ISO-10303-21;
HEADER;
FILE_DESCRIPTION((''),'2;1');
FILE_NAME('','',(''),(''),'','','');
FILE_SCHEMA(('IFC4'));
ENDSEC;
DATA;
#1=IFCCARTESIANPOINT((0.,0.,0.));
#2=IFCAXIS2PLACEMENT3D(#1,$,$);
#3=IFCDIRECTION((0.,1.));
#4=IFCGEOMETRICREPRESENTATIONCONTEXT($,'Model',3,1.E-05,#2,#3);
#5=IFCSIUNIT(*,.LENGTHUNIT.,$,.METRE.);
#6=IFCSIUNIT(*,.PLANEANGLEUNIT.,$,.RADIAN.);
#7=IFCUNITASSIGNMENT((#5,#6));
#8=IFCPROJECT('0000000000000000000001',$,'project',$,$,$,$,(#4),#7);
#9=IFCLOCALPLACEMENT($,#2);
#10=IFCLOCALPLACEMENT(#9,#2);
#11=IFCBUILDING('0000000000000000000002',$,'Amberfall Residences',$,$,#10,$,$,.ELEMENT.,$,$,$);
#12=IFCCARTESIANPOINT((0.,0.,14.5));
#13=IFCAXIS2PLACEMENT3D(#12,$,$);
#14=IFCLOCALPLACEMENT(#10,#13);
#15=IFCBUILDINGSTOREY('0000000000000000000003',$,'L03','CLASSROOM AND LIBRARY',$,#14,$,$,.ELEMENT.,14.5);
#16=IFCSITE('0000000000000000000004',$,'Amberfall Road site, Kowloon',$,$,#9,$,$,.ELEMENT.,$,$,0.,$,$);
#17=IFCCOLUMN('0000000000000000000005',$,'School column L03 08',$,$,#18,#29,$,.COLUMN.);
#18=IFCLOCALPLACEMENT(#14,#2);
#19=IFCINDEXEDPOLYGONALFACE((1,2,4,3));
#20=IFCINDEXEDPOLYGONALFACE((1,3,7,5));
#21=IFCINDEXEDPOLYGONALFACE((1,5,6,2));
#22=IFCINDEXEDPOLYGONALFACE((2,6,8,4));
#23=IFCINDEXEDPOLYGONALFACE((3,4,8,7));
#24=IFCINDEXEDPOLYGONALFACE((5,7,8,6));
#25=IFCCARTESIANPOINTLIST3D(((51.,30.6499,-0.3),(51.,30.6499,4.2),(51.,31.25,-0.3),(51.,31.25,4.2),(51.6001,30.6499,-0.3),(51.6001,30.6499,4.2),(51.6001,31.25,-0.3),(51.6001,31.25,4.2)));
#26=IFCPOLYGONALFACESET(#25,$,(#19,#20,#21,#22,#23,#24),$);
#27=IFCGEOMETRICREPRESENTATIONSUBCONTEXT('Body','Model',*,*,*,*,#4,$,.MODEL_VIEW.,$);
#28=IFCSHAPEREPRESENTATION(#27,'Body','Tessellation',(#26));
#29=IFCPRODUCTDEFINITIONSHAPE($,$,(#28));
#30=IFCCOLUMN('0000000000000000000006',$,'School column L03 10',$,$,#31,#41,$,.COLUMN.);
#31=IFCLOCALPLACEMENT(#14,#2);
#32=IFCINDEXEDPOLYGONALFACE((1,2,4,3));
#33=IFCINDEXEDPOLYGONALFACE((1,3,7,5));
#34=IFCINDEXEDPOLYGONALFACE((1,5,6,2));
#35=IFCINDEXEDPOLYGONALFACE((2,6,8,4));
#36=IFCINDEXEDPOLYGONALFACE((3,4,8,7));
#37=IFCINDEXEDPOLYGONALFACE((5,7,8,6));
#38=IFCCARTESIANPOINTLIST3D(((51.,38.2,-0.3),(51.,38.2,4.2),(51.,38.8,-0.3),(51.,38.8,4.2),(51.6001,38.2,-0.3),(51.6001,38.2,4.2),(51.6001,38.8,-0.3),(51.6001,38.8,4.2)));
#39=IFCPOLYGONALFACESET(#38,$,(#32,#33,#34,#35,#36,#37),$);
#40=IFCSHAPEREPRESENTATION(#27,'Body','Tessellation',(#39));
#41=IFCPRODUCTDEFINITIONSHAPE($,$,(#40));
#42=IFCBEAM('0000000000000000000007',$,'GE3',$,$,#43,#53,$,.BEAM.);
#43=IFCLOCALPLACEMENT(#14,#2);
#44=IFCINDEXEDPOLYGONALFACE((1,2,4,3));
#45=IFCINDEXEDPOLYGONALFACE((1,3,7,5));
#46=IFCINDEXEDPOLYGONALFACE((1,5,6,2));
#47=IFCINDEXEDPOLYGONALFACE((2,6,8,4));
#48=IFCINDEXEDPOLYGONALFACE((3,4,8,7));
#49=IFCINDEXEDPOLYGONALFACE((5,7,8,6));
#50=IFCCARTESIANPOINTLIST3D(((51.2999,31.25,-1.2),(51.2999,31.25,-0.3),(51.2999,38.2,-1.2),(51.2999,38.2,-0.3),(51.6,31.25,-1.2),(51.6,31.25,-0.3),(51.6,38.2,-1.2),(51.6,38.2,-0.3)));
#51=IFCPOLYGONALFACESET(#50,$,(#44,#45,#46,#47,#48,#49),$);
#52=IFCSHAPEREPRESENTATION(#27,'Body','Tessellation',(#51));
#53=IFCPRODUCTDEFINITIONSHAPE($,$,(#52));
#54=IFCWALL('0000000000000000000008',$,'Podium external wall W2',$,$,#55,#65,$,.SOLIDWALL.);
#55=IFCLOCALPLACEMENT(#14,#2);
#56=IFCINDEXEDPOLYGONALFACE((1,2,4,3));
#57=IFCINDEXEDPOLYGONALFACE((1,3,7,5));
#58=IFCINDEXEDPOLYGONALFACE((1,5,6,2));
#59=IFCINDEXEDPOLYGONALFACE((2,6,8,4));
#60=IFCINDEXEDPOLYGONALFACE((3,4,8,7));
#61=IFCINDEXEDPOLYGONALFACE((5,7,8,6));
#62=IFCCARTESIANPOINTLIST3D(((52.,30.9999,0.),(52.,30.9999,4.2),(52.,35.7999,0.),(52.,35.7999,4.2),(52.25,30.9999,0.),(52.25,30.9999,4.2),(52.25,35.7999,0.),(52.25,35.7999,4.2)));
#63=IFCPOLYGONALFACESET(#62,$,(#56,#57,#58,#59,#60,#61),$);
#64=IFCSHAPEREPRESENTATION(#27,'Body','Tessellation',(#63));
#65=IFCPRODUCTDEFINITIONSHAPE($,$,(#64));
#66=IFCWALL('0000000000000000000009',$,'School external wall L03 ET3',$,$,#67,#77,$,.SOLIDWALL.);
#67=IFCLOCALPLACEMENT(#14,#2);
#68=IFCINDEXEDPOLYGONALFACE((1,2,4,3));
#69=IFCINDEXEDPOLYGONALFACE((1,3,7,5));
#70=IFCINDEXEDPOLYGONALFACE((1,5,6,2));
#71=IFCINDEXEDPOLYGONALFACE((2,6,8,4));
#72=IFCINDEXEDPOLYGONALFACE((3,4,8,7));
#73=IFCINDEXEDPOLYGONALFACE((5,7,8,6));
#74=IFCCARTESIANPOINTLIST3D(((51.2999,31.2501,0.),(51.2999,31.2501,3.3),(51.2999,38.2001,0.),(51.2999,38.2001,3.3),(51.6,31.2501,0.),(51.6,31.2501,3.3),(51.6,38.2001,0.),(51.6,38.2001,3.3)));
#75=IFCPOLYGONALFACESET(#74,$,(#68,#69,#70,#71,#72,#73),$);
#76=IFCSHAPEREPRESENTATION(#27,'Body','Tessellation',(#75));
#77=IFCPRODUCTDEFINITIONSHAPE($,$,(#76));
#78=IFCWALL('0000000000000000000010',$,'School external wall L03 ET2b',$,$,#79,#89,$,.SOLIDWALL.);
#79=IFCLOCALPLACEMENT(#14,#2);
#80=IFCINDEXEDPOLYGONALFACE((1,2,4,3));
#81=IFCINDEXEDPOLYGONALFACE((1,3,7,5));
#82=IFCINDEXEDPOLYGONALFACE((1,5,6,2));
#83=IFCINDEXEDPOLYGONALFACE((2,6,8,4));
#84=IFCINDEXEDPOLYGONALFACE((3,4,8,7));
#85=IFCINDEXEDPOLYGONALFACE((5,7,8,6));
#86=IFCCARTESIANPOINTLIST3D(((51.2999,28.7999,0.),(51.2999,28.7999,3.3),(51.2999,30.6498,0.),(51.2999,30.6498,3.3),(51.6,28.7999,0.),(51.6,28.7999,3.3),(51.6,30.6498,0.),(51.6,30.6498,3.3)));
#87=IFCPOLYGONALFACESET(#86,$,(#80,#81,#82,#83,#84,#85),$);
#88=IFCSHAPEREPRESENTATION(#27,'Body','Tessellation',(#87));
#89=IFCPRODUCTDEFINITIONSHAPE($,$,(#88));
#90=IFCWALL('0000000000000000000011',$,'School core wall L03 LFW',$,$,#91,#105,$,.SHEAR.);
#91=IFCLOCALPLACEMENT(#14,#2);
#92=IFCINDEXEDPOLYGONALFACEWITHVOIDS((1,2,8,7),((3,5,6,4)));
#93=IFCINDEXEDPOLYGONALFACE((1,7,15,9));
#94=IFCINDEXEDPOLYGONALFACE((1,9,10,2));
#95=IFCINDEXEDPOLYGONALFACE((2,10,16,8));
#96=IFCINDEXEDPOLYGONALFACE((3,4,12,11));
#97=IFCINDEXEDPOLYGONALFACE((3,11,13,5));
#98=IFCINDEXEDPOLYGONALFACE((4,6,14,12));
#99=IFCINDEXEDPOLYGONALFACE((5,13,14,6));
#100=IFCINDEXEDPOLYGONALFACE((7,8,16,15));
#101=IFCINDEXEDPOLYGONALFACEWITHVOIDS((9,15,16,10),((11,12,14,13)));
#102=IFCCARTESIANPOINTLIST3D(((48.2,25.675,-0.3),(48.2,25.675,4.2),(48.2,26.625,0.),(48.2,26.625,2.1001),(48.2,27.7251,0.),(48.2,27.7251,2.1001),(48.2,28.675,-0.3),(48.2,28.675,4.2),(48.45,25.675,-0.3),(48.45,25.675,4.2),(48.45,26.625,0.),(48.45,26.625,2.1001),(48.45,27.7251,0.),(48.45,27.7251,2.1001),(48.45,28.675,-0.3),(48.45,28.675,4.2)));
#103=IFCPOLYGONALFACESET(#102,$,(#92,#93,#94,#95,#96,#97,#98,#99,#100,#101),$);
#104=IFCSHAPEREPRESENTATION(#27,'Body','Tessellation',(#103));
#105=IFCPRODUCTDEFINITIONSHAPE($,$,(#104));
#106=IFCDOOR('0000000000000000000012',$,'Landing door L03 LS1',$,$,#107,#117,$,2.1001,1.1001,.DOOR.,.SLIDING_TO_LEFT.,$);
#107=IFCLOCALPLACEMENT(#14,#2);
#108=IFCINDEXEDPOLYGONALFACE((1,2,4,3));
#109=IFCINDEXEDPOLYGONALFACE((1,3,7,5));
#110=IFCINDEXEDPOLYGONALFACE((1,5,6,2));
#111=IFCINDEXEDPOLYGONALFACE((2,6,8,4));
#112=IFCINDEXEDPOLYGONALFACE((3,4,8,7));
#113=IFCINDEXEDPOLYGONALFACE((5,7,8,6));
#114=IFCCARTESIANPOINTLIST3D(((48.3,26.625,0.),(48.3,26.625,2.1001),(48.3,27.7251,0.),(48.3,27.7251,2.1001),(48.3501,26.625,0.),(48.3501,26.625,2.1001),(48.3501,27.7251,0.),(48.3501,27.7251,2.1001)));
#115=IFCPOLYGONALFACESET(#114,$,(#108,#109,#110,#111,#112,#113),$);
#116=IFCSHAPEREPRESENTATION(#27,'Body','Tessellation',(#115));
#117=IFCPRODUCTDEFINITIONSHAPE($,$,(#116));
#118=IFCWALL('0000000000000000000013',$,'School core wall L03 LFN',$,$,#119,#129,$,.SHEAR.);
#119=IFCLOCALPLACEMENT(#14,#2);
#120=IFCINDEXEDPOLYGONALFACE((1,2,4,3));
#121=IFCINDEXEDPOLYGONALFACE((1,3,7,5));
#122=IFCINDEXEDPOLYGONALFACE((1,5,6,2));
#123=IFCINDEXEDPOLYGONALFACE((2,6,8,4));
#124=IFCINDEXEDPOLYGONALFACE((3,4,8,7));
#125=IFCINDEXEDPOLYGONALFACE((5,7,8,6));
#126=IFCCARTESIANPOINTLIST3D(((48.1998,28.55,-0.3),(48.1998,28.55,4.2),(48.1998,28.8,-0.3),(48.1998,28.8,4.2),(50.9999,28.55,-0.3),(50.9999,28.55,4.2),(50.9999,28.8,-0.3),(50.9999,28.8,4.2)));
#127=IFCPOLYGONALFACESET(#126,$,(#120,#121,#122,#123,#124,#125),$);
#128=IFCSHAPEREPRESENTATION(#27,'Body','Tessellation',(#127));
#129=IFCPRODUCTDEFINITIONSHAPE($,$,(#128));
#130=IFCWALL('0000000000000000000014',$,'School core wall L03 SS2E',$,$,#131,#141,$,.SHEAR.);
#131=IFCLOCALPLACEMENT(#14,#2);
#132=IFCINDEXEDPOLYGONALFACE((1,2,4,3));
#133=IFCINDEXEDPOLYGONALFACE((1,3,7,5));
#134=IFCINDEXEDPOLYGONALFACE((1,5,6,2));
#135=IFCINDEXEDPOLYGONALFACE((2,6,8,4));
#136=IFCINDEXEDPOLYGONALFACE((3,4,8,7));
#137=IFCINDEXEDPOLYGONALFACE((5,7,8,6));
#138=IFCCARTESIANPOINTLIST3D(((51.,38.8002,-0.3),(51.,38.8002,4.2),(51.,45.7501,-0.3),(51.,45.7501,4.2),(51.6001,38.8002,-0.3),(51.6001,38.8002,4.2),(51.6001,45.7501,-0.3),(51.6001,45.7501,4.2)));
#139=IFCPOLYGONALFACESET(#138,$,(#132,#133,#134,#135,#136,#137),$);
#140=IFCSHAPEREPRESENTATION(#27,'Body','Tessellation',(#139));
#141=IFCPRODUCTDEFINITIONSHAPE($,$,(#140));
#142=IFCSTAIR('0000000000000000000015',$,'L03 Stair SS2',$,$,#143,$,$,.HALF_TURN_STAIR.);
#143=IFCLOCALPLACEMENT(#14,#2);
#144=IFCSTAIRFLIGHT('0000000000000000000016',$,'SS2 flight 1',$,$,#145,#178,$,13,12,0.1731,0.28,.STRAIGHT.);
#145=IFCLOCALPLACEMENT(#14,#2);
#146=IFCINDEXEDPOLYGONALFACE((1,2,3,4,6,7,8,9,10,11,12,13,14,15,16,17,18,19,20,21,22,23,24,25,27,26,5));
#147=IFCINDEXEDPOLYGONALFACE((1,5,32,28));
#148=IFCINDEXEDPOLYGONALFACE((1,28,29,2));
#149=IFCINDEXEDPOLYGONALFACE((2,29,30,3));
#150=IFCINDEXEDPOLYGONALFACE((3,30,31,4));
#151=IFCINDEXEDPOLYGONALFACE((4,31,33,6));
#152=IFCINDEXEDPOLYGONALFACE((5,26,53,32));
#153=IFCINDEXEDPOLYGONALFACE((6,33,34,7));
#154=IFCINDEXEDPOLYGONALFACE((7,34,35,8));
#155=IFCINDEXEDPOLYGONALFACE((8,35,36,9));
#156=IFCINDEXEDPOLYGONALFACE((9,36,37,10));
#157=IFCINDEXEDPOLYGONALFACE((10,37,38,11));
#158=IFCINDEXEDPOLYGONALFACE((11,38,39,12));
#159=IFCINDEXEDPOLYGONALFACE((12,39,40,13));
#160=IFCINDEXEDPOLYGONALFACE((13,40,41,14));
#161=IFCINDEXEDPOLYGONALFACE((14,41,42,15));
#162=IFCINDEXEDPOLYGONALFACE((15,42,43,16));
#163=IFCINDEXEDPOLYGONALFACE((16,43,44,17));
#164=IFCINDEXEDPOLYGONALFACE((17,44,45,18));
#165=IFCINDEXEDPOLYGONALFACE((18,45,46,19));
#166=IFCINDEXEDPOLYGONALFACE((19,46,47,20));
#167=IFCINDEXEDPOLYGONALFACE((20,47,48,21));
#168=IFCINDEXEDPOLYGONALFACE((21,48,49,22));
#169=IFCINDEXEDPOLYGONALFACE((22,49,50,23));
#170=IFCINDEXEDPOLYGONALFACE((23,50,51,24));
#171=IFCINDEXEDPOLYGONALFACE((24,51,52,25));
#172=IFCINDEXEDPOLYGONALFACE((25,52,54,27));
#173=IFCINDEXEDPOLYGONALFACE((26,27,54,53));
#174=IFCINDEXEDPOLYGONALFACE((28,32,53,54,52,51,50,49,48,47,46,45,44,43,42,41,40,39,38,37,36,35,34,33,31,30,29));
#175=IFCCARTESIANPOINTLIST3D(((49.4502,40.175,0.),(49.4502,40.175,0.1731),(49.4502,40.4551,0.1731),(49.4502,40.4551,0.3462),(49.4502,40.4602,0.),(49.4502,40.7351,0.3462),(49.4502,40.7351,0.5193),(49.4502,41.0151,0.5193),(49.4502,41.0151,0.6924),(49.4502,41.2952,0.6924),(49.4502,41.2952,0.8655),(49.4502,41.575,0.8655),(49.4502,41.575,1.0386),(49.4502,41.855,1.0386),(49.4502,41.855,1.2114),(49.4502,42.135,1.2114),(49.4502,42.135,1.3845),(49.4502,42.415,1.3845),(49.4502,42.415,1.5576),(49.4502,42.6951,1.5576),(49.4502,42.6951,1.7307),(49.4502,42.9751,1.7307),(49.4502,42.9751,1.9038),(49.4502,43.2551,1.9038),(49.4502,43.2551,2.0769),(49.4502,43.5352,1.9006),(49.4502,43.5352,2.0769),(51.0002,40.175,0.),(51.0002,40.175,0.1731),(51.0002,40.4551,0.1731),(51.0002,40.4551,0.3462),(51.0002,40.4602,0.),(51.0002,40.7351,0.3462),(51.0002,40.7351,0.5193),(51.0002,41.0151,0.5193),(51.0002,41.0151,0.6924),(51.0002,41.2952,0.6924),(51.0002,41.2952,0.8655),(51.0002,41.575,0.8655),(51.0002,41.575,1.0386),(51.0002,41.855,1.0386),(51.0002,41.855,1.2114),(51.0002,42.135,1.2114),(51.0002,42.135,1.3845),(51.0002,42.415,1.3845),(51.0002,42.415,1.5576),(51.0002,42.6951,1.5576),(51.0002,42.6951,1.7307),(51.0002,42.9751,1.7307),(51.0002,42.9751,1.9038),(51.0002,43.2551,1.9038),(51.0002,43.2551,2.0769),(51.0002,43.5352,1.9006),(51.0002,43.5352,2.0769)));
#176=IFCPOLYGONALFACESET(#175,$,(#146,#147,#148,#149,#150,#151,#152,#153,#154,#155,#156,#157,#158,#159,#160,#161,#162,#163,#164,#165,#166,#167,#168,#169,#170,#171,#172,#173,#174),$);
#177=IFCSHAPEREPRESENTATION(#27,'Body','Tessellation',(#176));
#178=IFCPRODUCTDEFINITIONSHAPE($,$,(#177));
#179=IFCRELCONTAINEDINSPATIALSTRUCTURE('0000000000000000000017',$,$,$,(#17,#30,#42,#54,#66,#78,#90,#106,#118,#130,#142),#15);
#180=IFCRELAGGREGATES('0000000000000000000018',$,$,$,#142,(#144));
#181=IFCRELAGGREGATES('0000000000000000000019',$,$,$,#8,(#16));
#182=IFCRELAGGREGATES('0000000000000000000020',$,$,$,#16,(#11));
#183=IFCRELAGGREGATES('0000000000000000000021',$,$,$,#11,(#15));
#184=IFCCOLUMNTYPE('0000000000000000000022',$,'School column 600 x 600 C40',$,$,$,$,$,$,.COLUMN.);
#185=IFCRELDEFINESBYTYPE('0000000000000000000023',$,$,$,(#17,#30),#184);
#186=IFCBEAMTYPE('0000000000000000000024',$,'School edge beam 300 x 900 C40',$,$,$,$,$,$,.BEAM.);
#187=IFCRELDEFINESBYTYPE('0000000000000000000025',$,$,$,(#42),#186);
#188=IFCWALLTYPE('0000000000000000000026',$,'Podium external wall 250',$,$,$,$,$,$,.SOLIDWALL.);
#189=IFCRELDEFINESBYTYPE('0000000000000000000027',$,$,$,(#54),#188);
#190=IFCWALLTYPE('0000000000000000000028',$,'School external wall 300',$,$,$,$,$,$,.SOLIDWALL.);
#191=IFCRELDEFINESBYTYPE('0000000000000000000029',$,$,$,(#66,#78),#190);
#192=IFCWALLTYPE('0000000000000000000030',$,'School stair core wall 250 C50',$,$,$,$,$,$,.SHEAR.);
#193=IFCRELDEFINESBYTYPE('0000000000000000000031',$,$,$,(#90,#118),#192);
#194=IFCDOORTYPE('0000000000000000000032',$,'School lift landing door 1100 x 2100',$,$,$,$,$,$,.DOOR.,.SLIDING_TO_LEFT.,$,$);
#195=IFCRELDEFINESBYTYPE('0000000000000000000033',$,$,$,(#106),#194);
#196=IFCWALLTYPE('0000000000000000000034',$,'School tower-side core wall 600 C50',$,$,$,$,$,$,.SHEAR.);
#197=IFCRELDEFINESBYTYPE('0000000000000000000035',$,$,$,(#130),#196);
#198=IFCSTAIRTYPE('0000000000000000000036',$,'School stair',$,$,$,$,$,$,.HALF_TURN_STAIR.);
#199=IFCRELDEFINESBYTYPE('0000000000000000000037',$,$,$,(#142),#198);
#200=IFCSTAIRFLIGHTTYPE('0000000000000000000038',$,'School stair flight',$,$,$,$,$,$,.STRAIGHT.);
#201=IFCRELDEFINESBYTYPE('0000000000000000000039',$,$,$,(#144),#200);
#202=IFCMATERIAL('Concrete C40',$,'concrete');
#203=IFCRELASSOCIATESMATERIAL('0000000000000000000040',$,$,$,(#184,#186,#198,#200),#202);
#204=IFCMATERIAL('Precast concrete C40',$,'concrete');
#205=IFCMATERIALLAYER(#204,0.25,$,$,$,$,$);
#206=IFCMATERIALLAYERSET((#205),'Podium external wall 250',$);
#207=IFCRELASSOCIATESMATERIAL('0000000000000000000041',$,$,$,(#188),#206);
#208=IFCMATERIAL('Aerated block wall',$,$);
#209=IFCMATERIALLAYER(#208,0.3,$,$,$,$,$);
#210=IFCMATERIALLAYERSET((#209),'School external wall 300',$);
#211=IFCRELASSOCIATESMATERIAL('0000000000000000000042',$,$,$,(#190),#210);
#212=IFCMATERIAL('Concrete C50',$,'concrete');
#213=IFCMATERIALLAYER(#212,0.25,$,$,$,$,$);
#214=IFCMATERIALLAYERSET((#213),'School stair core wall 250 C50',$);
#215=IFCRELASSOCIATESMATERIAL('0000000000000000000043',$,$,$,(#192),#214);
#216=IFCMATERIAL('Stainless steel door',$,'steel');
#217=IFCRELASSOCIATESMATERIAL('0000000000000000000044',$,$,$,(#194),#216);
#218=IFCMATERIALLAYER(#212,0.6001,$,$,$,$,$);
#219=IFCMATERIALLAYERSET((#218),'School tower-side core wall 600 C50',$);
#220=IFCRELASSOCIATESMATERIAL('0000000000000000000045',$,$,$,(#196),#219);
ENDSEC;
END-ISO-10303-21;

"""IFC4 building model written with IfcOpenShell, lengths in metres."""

from ifc_helpers import new_model, si_unit, direction, frame, frame_2d, origin, origin_2d, place, context, subcontext, project, spatial, polyline, rectangle, outline, extrude, material, layer, layer_set, material_profile, profile_set, type_object, element, fill, aggregate, save


model = new_model("IFC4")

# Units and contexts
model_context = context("Model", 3, precision=1e-05, world=origin(), true_north=direction((0.0, 1.0)))
body_context = subcontext(model_context, "Body", "Model", "MODEL_VIEW")
ifc_project = project(units=[si_unit("LENGTHUNIT", "METRE"), si_unit("PLANEANGLEUNIT", "RADIAN")], contexts=[model_context])

# Site, building, storey
site_placement = place(None, origin())
site = spatial("IfcSite", under=ifc_project, at=site_placement, Name="Amberfall Road site, Kowloon", CompositionType="ELEMENT", RefElevation=0.0)
building_placement = place(site_placement, origin())
building = spatial("IfcBuilding", under=site, at=building_placement, Name="Amberfall Residences", CompositionType="ELEMENT")
storey_placement = place(building_placement, frame((0.0, 0.0, 14.5)))
storey = spatial("IfcBuildingStorey", under=building, at=storey_placement, Name="L03", Description="CLASSROOM AND LIBRARY", CompositionType="ELEMENT", Elevation=14.5)

# Columns
ifc_material_1 = material(Name="Concrete C40", Category="concrete")
ifc_material_profile_1 = material_profile(ifc_material_1, rectangle(XDim=0.6001, YDim=0.6001, at=origin_2d()), Name="School column 600 x 600 C40")
ifc_profile_set_1 = profile_set([ifc_material_profile_1], Name="Concrete C40")
column_type = type_object("IfcColumnType", Name="School column 600 x 600 C40", PredefinedType="COLUMN", material=ifc_profile_set_1)
for number, where, z_axis, x_axis, name in (
    (1, (51.3, 30.95, -0.3), (0.0, 0.0, 1.0), (1.0, 0.0, 0.0), "School column L03 08"),
    (2, (51.3, 38.5, -0.3), (0.0, 0.0, 1.0), (1.0, 0.0, 0.0), "School column L03 10"),
):
    element("IfcColumn", number, at=place(storey_placement, frame(where, z_axis=z_axis, x_axis=x_axis)), inside=storey, type_object=column_type, Name=name, PredefinedType="COLUMN", context=body_context, shape_type="SweptSolid", body=[
        extrude(rectangle(XDim=0.6001, YDim=0.6001, at=origin_2d()), origin(), (0.0, 0.0, 1.0), 4.5),
    ])

# Beam
ifc_material_profile_2 = material_profile(ifc_material_1, rectangle(XDim=0.3, YDim=0.8999, at=origin_2d()), Name="School edge beam 300 x 900 C40")
ifc_profile_set_2 = profile_set([ifc_material_profile_2], Name="Concrete C40")
beam_type = type_object("IfcBeamType", Name="School edge beam 300 x 900 C40", PredefinedType="BEAM", material=ifc_profile_set_2)
beam_placement = place(storey_placement, frame((51.45, 31.25, -0.75), z_axis=(0.0, 1.0, 0.0), x_axis=(-1.0, 0.0, 0.0)))
element("IfcBeam", 3, at=beam_placement, inside=storey, type_object=beam_type, Name="GE3", PredefinedType="BEAM", context=body_context, shape_type="SweptSolid", body=[
    extrude(rectangle(XDim=0.3, YDim=0.8999, at=origin_2d()), origin(), (0.0, 0.0, 1.0), 6.95),
])

# Walls
ifc_material_2 = material(Name="Precast concrete C40", Category="concrete")
ifc_layer_1 = layer(ifc_material_2, 0.25)
ifc_layer_set_1 = layer_set([ifc_layer_1], Name="Podium external wall 250")
wall_type_1 = type_object("IfcWallType", Name="Podium external wall 250", PredefinedType="SOLIDWALL", material=ifc_layer_set_1)
wall_1_placement = place(storey_placement, frame((52.125, 31.0, 0.0), z_axis=(0.0, 0.0, 1.0), x_axis=(0.0, 1.0, 0.0)))
element("IfcWall", 4, at=wall_1_placement, inside=storey, type_object=wall_type_1, Name="Podium external wall W2", PredefinedType="SOLIDWALL", context=body_context, shape_type="SweptSolid", body=[
    extrude(rectangle(XDim=4.8, YDim=0.25, at=frame_2d((2.3999, 0.0))), origin(), (0.0, 0.0, 1.0), 4.2),
])
ifc_material_3 = material(Name="Aerated block wall")
ifc_layer_2 = layer(ifc_material_3, 0.3)
ifc_layer_set_2 = layer_set([ifc_layer_2], Name="School external wall 300")
wall_type_2 = type_object("IfcWallType", Name="School external wall 300", PredefinedType="SOLIDWALL", material=ifc_layer_set_2)
wall_2_placement = place(storey_placement, frame((51.45, 31.25, 0.0), z_axis=(0.0, 0.0, 1.0), x_axis=(0.0, 1.0, 0.0)))
element("IfcWall", 5, at=wall_2_placement, inside=storey, type_object=wall_type_2, Name="School external wall L03 ET3", PredefinedType="SOLIDWALL", context=body_context, shape_type="SweptSolid", body=[
    extrude(rectangle(XDim=6.95, YDim=0.3, at=frame_2d((3.4751, 0.0))), origin(), (0.0, 0.0, 1.0), 3.3),
])
wall_3_placement = place(storey_placement, frame((51.45, 28.8, 0.0), z_axis=(0.0, 0.0, 1.0), x_axis=(0.0, 1.0, 0.0)))
element("IfcWall", 6, at=wall_3_placement, inside=storey, type_object=wall_type_2, Name="School external wall L03 ET2b", PredefinedType="SOLIDWALL", context=body_context, shape_type="SweptSolid", body=[
    extrude(rectangle(XDim=1.8499, YDim=0.3, at=frame_2d((0.9248, 0.0))), origin(), (0.0, 0.0, 1.0), 3.3),
])

# Wall, opening, door
ifc_material_4 = material(Name="Concrete C50", Category="concrete")
ifc_layer_3 = layer(ifc_material_4, 0.25)
ifc_layer_set_3 = layer_set([ifc_layer_3], Name="School stair core wall 250 C50")
wall_type_3 = type_object("IfcWallType", Name="School stair core wall 250 C50", PredefinedType="SHEAR", material=ifc_layer_set_3)
wall_4_placement = place(storey_placement, frame((48.325, 25.675, -0.3), z_axis=(0.0, 0.0, 1.0), x_axis=(0.0, 1.0, 0.0)))
wall_4 = element("IfcWall", 7, at=wall_4_placement, inside=storey, type_object=wall_type_3, Name="School core wall L03 LFW", PredefinedType="SHEAR", context=body_context, shape_type="SweptSolid", body=[
    extrude(rectangle(XDim=3.0, YDim=0.25, at=frame_2d((1.5, 0.0))), origin(), (0.0, 0.0, 1.0), 4.5),
])
opening_placement = place(wall_4_placement, frame((0.95, 0.0, 0.3)))
opening = element("IfcOpeningElement", 8, at=opening_placement, cuts=wall_4, PredefinedType="OPENING", context=body_context, shape_type="SweptSolid", body=[
    extrude(rectangle(XDim=1.1001, YDim=2.1001, at=frame_2d((0.55, 1.05))), frame((0.0, 0.135, 0.0), z_axis=(0.0, -1.0, 0.0), x_axis=(1.0, 0.0, 0.0)), (0.0, 0.0, 1.0), 0.27),
])
ifc_material_5 = material(Name="Stainless steel door", Category="steel")
door_type = type_object("IfcDoorType", Name="School lift landing door 1100 x 2100", OperationType="SLIDING_TO_LEFT", PredefinedType="DOOR", material=ifc_material_5)
door_placement = place(opening_placement, origin())
door = element("IfcDoor", 9, at=door_placement, inside=storey, type_object=door_type, Name="Landing door L03 LS1", OperationType="SLIDING_TO_LEFT", OverallHeight=2.1001, OverallWidth=1.1001, PredefinedType="DOOR", context=body_context, shape_type="SweptSolid", body=[
    extrude(rectangle(XDim=1.1001, YDim=2.1001, at=frame_2d((0.55, 1.05))), frame((0.0, 0.0249, 0.0), z_axis=(0.0, -1.0, 0.0), x_axis=(1.0, 0.0, 0.0)), (0.0, 0.0, 1.0), 0.05),
])
fill(opening, door)

# Walls
wall_5_placement = place(storey_placement, frame((48.2, 28.675, -0.3), z_axis=(0.0, 0.0, 1.0), x_axis=(1.0, 0.0, 0.0)))
element("IfcWall", 10, at=wall_5_placement, inside=storey, type_object=wall_type_3, Name="School core wall L03 LFN", PredefinedType="SHEAR", context=body_context, shape_type="SweptSolid", body=[
    extrude(rectangle(XDim=2.8, YDim=0.25, at=frame_2d((1.3999, 0.0))), origin(), (0.0, 0.0, 1.0), 4.5),
])
ifc_layer_4 = layer(ifc_material_4, 0.6001)
ifc_layer_set_4 = layer_set([ifc_layer_4], Name="School tower-side core wall 600 C50")
wall_type_4 = type_object("IfcWallType", Name="School tower-side core wall 600 C50", PredefinedType="SHEAR", material=ifc_layer_set_4)
wall_6_placement = place(storey_placement, frame((51.3, 38.8, -0.3), z_axis=(0.0, 0.0, 1.0), x_axis=(0.0, 1.0, 0.0)))
element("IfcWall", 11, at=wall_6_placement, inside=storey, type_object=wall_type_4, Name="School core wall L03 SS2E", PredefinedType="SHEAR", context=body_context, shape_type="SweptSolid", body=[
    extrude(rectangle(XDim=6.95, YDim=0.6001, at=frame_2d((3.4751, 0.0))), origin(), (0.0, 0.0, 1.0), 4.5),
])

# Stair, stair flight
stair_type = type_object("IfcStairType", Name="School stair", PredefinedType="HALF_TURN_STAIR", material=ifc_material_1)
stair_placement = place(storey_placement, origin())
stair = element("IfcStair", 12, at=stair_placement, inside=storey, type_object=stair_type, Name="L03 Stair SS2", PredefinedType="HALF_TURN_STAIR")
stair_flight_type = type_object("IfcStairFlightType", Name="School stair flight", PredefinedType="STRAIGHT", material=ifc_material_1)
stair_flight_placement = place(storey_placement, frame((50.2251, 40.175, 0.0), z_axis=(0.0, 0.0, 1.0), x_axis=(0.0, 1.0, 0.0)))
stair_flight = element("IfcStairFlight", 13, at=stair_flight_placement, type_object=stair_flight_type, Name="SS2 flight 1", NumberOfRisers=13, NumberOfTreads=12, PredefinedType="STRAIGHT", RiserHeight=0.1731, TreadLength=0.28, context=body_context, shape_type="SweptSolid", body=[
    extrude(outline(polyline([(0.0, 0.0), (0.0, 0.1731), (0.28, 0.1731), (0.28, 0.3462), (0.5601, 0.3462), (0.5601, 0.5193), (0.8401, 0.5193), (0.8401, 0.6924), (1.1201, 0.6924), (1.1201, 0.8655), (1.3999, 0.8655), (1.3999, 1.0386), (1.6799, 1.0386), (1.6799, 1.2114), (1.96, 1.2114), (1.96, 1.3845), (2.24, 1.3845), (2.24, 1.5576), (2.52, 1.5576), (2.52, 1.7307), (2.8, 1.7307), (2.8, 1.9038), (3.0801, 1.9038), (3.0801, 2.0769), (3.3601, 2.0769), (3.3601, 2.25), (3.3601, 1.9006), (0.2852, 0.0), (0.0, 0.0)])), frame((0.0, 0.7749, 0.0), z_axis=(0.0, -1.0, 0.0), x_axis=(1.0, 0.0, 0.0)), (0.0, 0.0, 1.0), 1.55),
])
aggregate(stair, [stair_flight])

save(model, "model.ifc")
